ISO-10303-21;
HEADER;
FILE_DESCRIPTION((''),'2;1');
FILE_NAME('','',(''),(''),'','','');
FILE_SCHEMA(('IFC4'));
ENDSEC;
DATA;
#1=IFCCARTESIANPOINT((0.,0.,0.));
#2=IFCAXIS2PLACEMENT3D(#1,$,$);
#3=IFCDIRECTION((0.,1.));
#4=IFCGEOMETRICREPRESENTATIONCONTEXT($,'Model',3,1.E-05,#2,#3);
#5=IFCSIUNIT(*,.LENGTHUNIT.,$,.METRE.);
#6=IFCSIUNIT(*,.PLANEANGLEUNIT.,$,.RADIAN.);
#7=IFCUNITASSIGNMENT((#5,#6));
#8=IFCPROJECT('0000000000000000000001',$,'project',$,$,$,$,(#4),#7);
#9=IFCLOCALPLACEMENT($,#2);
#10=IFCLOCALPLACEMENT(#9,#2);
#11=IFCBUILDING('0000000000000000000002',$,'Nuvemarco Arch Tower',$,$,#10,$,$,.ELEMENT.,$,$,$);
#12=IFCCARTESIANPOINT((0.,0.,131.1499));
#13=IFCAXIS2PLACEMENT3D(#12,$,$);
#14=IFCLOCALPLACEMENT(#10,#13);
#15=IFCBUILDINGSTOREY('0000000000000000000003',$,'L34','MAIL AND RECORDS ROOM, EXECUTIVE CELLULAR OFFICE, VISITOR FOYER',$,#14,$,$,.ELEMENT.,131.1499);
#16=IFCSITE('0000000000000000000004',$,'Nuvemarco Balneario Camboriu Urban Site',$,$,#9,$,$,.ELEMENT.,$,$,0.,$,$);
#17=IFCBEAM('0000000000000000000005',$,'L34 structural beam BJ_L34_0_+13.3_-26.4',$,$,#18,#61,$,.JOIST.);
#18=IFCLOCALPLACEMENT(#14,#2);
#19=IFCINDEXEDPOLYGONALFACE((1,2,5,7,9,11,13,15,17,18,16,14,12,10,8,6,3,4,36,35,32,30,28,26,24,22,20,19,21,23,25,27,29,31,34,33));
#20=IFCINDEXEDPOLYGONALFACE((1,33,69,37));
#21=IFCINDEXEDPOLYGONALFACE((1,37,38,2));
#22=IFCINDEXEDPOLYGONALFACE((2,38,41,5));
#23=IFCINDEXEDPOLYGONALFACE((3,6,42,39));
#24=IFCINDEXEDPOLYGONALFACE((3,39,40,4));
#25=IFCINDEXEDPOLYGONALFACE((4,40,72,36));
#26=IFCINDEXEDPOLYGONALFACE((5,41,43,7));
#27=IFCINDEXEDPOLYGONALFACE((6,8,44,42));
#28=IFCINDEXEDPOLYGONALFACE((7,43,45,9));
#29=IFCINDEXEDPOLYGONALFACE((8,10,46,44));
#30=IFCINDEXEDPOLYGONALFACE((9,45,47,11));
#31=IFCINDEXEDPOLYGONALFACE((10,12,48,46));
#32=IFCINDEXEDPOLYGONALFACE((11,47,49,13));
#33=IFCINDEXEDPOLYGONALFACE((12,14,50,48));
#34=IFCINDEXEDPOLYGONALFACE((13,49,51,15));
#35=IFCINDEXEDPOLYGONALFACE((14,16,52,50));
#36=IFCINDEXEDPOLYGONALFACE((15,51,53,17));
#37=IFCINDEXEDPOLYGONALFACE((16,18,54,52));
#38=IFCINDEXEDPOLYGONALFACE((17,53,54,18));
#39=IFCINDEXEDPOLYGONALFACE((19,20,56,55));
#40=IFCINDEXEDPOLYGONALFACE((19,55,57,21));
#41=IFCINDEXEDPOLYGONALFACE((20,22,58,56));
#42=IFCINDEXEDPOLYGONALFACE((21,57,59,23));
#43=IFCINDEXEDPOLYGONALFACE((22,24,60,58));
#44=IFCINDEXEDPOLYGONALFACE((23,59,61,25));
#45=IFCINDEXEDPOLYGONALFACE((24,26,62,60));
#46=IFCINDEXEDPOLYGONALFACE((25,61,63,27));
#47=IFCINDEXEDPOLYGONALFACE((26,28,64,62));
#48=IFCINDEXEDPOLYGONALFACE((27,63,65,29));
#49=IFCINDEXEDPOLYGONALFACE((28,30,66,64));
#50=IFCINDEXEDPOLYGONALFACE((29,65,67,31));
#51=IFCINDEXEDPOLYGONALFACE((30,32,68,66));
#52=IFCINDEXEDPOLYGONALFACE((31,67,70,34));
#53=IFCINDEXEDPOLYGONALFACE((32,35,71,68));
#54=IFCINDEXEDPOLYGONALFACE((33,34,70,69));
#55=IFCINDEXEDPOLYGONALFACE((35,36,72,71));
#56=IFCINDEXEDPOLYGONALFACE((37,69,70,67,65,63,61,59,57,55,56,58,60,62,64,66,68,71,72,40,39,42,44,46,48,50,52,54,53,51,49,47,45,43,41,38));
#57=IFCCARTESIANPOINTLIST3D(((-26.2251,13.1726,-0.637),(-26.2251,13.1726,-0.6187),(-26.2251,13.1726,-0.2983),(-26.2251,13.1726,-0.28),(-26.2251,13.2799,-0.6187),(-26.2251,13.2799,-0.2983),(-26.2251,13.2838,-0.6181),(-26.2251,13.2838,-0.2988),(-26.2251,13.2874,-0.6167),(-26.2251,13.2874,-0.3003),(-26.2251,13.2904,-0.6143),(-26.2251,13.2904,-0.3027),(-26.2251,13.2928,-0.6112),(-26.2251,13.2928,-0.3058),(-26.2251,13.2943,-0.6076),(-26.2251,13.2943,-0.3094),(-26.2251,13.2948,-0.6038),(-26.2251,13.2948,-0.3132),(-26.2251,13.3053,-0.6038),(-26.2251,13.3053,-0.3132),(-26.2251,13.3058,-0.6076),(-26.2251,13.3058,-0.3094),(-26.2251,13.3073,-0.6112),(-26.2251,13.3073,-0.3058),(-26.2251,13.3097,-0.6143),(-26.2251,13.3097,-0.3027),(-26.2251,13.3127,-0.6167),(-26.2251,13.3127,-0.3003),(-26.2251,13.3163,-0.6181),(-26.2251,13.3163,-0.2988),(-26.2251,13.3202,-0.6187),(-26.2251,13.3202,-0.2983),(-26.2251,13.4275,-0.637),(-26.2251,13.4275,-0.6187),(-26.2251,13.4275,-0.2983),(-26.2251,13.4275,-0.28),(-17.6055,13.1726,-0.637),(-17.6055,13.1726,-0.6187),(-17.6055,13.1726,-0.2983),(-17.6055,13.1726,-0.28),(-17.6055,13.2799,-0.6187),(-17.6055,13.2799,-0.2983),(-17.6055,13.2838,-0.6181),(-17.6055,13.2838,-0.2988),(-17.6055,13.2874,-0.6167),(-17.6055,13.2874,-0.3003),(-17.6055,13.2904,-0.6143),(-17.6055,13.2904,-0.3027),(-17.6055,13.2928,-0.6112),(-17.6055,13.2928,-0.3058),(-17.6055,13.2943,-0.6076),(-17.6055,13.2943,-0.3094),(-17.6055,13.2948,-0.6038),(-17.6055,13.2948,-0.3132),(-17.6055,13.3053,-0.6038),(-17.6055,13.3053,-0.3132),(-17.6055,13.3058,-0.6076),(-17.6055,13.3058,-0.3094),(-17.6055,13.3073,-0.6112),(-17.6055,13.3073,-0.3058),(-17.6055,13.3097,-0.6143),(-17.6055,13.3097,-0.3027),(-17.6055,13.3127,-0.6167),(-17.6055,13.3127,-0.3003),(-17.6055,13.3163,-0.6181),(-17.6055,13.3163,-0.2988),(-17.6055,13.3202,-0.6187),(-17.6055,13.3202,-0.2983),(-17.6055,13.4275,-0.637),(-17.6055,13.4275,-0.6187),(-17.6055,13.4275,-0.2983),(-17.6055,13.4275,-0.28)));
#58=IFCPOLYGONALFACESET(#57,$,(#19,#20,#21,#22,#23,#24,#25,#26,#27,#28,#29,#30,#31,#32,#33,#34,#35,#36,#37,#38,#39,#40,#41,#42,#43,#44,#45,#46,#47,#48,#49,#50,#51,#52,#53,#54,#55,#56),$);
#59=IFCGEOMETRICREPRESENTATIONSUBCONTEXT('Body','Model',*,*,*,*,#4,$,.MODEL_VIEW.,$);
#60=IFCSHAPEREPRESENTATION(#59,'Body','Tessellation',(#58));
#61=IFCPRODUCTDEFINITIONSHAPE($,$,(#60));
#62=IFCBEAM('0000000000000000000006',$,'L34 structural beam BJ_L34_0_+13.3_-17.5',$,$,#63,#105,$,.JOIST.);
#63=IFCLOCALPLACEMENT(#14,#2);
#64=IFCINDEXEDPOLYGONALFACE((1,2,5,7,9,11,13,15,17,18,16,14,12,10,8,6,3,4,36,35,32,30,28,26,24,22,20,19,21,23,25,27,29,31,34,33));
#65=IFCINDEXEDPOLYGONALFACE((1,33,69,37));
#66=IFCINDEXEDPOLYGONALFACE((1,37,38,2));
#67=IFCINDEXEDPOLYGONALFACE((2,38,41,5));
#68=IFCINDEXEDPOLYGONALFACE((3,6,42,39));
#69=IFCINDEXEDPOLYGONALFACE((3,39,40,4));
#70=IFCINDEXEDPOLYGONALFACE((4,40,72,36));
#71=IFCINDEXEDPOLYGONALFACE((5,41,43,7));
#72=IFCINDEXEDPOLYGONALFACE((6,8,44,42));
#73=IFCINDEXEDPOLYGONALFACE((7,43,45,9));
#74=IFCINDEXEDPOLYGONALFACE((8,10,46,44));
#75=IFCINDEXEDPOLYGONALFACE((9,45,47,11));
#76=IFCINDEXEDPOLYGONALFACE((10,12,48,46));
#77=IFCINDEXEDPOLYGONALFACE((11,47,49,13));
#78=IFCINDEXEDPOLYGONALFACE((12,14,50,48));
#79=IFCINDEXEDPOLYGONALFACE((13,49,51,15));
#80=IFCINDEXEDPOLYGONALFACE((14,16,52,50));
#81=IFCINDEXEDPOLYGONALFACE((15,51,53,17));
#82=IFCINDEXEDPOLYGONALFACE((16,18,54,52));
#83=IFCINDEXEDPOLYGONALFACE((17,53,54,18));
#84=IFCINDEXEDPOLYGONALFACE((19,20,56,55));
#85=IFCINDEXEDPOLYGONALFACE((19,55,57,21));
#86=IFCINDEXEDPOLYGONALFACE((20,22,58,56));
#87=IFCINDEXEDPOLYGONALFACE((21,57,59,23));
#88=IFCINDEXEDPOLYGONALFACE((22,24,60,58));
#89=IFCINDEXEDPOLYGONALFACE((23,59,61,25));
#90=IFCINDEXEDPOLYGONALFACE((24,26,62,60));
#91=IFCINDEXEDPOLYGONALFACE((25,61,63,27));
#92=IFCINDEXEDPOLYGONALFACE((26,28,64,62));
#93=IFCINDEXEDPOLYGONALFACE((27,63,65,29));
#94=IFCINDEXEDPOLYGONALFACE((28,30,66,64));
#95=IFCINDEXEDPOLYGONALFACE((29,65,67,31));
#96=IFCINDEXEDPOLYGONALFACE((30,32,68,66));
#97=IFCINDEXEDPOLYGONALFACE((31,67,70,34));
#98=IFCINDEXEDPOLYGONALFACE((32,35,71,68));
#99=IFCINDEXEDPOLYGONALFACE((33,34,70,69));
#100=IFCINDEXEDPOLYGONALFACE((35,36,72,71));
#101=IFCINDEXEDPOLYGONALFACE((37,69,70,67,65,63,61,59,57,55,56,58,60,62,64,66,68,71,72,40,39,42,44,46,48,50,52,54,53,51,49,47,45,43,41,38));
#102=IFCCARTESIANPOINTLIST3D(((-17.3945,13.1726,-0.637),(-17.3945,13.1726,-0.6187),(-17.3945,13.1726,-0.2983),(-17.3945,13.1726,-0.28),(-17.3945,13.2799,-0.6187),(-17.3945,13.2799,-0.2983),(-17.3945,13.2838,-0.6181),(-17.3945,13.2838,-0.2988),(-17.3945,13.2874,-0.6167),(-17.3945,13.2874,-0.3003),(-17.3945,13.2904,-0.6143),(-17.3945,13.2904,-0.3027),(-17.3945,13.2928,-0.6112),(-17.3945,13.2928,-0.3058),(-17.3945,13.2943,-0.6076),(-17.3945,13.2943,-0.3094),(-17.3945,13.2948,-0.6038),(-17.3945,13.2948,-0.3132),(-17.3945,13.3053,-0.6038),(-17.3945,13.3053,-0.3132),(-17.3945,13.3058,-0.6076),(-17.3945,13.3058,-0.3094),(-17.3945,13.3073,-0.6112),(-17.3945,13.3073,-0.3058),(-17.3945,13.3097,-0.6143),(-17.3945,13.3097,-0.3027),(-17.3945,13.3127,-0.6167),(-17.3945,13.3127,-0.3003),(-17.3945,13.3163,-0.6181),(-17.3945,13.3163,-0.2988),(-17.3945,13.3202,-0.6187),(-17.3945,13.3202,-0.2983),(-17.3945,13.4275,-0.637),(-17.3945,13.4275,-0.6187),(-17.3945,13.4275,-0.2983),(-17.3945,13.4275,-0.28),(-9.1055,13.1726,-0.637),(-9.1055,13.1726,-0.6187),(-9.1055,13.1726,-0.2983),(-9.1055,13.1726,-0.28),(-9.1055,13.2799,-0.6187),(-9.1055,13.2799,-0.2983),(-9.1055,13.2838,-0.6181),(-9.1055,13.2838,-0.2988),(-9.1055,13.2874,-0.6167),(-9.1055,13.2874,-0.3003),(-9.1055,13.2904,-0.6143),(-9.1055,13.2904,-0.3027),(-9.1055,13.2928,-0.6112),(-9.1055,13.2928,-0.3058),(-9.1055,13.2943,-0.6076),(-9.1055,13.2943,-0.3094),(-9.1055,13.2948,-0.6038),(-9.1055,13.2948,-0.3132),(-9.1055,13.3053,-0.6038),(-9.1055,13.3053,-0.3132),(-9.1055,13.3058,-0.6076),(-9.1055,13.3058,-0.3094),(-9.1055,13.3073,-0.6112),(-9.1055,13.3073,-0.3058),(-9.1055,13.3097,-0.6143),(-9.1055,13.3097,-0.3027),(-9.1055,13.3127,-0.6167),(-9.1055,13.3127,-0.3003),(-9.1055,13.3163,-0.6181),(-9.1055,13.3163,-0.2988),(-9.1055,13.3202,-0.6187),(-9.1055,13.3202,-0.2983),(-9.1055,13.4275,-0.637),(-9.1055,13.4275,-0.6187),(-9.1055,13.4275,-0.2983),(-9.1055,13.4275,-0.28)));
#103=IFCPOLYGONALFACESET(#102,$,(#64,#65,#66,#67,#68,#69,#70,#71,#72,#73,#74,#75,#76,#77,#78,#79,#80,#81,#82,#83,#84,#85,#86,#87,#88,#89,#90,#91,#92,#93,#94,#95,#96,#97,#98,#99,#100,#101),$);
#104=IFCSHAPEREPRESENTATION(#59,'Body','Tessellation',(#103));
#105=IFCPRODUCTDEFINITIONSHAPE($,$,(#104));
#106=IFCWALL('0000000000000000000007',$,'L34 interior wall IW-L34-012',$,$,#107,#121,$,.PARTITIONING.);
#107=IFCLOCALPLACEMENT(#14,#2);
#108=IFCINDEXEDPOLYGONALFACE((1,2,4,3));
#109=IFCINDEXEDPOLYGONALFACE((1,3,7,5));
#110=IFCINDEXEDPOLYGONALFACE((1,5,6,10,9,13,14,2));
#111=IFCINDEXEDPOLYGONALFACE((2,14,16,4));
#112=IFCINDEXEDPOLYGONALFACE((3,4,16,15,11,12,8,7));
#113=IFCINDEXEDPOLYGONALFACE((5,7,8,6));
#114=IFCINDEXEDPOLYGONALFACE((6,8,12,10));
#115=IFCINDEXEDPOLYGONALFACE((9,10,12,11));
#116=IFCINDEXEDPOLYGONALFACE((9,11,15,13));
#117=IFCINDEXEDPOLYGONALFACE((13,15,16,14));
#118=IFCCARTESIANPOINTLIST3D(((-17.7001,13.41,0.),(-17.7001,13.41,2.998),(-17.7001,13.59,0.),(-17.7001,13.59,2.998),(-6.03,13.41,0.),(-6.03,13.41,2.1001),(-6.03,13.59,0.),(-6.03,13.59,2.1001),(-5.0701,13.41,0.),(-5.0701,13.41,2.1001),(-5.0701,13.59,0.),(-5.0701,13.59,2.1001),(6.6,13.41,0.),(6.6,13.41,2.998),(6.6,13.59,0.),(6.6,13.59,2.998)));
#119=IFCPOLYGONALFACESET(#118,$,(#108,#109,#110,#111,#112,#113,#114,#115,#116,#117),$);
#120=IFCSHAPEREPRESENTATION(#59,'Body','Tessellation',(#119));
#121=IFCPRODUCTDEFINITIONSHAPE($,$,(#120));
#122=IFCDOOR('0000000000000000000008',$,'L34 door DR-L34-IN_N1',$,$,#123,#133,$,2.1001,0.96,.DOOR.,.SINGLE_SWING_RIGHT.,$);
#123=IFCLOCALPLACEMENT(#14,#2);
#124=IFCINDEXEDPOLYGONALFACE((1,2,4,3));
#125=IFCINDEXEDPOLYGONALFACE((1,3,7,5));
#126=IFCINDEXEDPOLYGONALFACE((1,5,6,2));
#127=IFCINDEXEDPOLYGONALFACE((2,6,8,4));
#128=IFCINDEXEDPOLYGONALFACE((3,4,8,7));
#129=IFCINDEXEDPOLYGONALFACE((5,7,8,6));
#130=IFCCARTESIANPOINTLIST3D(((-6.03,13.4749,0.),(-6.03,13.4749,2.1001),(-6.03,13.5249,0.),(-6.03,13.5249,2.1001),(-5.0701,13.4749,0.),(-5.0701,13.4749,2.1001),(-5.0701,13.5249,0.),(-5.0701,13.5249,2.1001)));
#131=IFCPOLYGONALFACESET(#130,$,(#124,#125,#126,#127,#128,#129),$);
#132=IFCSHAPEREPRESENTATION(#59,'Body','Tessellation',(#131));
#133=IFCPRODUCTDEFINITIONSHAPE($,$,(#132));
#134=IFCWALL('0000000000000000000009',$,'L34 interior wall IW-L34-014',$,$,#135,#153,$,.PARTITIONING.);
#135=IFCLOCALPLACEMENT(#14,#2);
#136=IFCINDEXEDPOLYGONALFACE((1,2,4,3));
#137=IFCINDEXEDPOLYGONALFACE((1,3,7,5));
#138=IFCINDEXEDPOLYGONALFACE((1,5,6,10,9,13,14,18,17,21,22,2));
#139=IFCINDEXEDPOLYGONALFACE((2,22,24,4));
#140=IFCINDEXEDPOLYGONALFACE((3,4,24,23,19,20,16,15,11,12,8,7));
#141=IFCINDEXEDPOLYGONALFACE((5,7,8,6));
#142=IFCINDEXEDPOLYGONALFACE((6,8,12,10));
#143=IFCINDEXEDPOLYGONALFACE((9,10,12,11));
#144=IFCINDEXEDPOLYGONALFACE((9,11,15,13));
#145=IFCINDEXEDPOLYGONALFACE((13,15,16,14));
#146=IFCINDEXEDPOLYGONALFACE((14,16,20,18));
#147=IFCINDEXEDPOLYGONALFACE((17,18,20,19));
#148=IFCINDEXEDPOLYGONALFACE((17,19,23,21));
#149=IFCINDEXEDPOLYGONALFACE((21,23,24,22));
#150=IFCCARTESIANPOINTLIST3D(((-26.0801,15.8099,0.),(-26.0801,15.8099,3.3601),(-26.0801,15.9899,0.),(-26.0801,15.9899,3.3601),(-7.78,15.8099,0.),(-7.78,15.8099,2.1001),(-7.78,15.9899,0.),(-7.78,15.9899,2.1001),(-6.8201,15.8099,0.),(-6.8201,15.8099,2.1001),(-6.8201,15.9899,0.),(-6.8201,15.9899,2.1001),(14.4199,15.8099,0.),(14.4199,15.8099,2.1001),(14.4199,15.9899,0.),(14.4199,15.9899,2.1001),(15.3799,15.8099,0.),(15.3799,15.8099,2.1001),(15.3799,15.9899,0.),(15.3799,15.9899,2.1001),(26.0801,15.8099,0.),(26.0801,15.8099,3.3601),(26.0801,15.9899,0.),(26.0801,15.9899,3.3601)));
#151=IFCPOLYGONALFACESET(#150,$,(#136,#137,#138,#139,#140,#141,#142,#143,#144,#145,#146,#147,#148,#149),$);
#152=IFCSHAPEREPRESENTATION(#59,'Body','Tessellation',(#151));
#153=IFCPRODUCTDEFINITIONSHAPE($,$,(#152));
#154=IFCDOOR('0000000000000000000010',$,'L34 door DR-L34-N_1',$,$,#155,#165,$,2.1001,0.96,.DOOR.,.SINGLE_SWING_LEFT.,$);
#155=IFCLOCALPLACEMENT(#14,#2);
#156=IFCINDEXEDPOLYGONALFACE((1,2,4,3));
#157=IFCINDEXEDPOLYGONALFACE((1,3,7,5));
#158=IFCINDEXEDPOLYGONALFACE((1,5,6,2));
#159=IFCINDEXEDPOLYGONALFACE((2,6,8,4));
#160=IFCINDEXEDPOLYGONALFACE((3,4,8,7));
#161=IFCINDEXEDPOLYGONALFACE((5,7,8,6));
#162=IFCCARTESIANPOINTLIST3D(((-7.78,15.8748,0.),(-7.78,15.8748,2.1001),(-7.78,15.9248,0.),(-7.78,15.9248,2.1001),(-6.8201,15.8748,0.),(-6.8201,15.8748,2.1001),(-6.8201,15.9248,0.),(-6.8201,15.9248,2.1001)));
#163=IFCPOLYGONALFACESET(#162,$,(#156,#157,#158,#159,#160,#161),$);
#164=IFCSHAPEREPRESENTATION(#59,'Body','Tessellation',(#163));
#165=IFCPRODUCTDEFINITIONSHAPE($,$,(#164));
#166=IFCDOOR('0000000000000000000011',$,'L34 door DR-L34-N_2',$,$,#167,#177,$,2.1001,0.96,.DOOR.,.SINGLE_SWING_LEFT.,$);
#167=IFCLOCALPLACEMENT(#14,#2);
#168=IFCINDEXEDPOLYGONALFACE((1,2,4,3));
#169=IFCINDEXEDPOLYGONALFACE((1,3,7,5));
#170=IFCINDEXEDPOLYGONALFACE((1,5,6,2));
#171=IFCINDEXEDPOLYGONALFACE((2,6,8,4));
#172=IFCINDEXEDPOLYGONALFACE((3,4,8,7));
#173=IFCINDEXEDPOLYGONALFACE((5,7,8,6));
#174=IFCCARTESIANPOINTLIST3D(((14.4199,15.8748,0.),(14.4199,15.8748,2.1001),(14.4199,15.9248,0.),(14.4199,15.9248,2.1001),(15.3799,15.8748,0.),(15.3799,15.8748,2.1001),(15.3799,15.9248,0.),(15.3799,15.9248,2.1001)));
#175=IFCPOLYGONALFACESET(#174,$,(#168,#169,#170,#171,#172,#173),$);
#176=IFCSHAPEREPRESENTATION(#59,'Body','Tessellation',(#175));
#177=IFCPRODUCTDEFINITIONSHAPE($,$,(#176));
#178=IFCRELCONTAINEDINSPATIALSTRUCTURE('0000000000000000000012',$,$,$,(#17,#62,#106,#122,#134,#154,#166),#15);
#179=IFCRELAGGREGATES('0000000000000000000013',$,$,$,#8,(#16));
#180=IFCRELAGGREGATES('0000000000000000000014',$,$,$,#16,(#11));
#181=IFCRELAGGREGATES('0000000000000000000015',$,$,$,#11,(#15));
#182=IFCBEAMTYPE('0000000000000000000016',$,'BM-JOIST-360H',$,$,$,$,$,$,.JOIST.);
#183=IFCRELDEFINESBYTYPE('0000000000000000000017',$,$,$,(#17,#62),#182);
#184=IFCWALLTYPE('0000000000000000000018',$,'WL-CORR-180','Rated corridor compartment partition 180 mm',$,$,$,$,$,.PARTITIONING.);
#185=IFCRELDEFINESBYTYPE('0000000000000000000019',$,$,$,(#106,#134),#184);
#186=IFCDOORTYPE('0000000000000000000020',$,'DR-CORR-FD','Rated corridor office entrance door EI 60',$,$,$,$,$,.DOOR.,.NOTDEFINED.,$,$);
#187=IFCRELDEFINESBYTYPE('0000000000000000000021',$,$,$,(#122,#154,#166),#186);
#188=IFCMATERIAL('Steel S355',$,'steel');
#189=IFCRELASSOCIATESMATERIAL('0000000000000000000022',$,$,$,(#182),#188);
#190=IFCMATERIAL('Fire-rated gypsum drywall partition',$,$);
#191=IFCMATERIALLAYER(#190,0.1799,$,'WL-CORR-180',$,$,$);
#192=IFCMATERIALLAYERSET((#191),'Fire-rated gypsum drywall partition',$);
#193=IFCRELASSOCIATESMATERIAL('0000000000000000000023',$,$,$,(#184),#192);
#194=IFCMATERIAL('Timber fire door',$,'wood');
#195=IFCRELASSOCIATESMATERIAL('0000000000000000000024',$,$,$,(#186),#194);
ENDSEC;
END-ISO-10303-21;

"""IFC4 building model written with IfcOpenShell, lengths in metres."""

from ifc_helpers import new_model, si_unit, direction, frame, frame_2d, origin, origin_2d, place, context, subcontext, project, spatial, rectangle, i_section, extrude, source, transform, mapped, material, layer, layer_set, material_profile, profile_set, type_object, type_shapes, element, fill, save


model = new_model("IFC4")

# Units and contexts
model_context = context("Model", 3, precision=1e-05, world=origin(), true_north=direction((0.0, 1.0)))
body_context = subcontext(model_context, "Body", "Model", "MODEL_VIEW")
ifc_project = project(units=[si_unit("LENGTHUNIT", "METRE"), si_unit("PLANEANGLEUNIT", "RADIAN")], contexts=[model_context])

# Site, building, storey
site_placement = place(None, origin())
site = spatial("IfcSite", under=ifc_project, at=site_placement, Name="Nuvemarco Balneario Camboriu Urban Site", CompositionType="ELEMENT", RefElevation=0.0)
building_placement = place(site_placement, origin())
building = spatial("IfcBuilding", under=site, at=building_placement, Name="Nuvemarco Arch Tower", CompositionType="ELEMENT")
storey_placement = place(building_placement, frame((0.0, 0.0, 131.1499)))
storey = spatial("IfcBuildingStorey", under=building, at=storey_placement, Name="L34", Description="MAIL AND RECORDS ROOM, EXECUTIVE CELLULAR OFFICE, VISITOR FOYER", CompositionType="ELEMENT", Elevation=131.1499)

# Shared definitions
ifc_material_1 = material(Name="Steel S355", Category="steel")

# Beams
ifc_material_profile_1 = material_profile(ifc_material_1, i_section(OverallWidth=0.2549, OverallDepth=0.3569, WebThickness=0.0105, FlangeThickness=0.0183, FilletRadius=0.0149, at=origin_2d()), Name="W360x101")
ifc_profile_set_1 = profile_set([ifc_material_profile_1], Name="Steel S355")
beam_type_1 = type_object("IfcBeamType", Name="BM-JOIST-360H", PredefinedType="JOIST", material=ifc_profile_set_1)
beam_1_placement = place(storey_placement, frame((-26.2251, 13.3, -0.4585), z_axis=(1.0, 0.0, 0.0), x_axis=(0.0, 1.0, 0.0)))
element("IfcBeam", 1, at=beam_1_placement, inside=storey, type_object=beam_type_1, Name="L34 structural beam BJ_L34_0_+13.3_-26.4", PredefinedType="JOIST", context=body_context, shape_type="SweptSolid", body=[
    extrude(i_section(OverallWidth=0.2549, OverallDepth=0.3569, WebThickness=0.0105, FlangeThickness=0.0183, FilletRadius=0.0149, at=origin_2d()), origin(), (0.0, 0.0, 1.0), 8.6196),
])
beam_2_placement = place(storey_placement, frame((-17.3945, 13.3, -0.4585), z_axis=(1.0, 0.0, 0.0), x_axis=(0.0, 1.0, 0.0)))
element("IfcBeam", 2, at=beam_2_placement, inside=storey, type_object=beam_type_1, Name="L34 structural beam BJ_L34_0_+13.3_-17.5", PredefinedType="JOIST", context=body_context, shape_type="SweptSolid", body=[
    extrude(i_section(OverallWidth=0.2549, OverallDepth=0.3569, WebThickness=0.0105, FlangeThickness=0.0183, FilletRadius=0.0149, at=origin_2d()), origin(), (0.0, 0.0, 1.0), 8.2891),
])

# Wall, opening, door
ifc_material_2 = material(Name="Fire-rated gypsum drywall partition")
ifc_layer = layer(ifc_material_2, 0.1799, Name="WL-CORR-180")
ifc_layer_set = layer_set([ifc_layer], Name="Fire-rated gypsum drywall partition")
wall_type = type_object("IfcWallType", Name="WL-CORR-180", Description="Rated corridor compartment partition 180 mm", PredefinedType="PARTITIONING", material=ifc_layer_set)
wall_1_placement = place(storey_placement, frame((-17.7, 13.5, 0.0), z_axis=(0.0, 0.0, 1.0), x_axis=(1.0, 0.0, 0.0)))
wall_1 = element("IfcWall", 3, at=wall_1_placement, inside=storey, type_object=wall_type, Name="L34 interior wall IW-L34-012", PredefinedType="PARTITIONING", context=body_context, shape_type="SweptSolid", body=[
    extrude(rectangle(XDim=24.3, YDim=0.1799, at=frame_2d((12.1499, 0.0))), origin(), (0.0, 0.0, 1.0), 2.998),
])
opening_1_placement = place(wall_1_placement, frame((11.6699, 0.0, 0.0)))
opening_1 = element("IfcOpeningElement", 4, at=opening_1_placement, cuts=wall_1, PredefinedType="OPENING", context=body_context, shape_type="SweptSolid", body=[
    extrude(rectangle(XDim=0.96, YDim=2.1001, at=frame_2d((0.48, 1.05))), frame((0.0, 0.0999, 0.0), z_axis=(0.0, -1.0, 0.0), x_axis=(1.0, 0.0, 0.0)), (0.0, 0.0, 1.0), 0.2),
])
ifc_material_3 = material(Name="Timber fire door", Category="wood")
door_type = type_object("IfcDoorType", Name="DR-CORR-FD", Description="Rated corridor office entrance door EI 60", OperationType="NOTDEFINED", PredefinedType="DOOR", material=ifc_material_3)
shared_shape_1 = source(origin(), body_context, "Body", "SweptSolid", [
    extrude(rectangle(XDim=0.96, YDim=2.1001, at=frame_2d((0.48, 1.05))), frame((0.0, 0.0249, 0.0), z_axis=(0.0, -1.0, 0.0), x_axis=(1.0, 0.0, 0.0)), (0.0, 0.0, 1.0), 0.05),
])
type_shapes(door_type, [shared_shape_1])
door_1_placement = place(opening_1_placement, origin())
door_1 = element("IfcDoor", 5, at=door_1_placement, inside=storey, type_object=door_type, Name="L34 door DR-L34-IN_N1", OperationType="SINGLE_SWING_RIGHT", OverallHeight=2.1001, OverallWidth=0.96, PredefinedType="DOOR", context=body_context, shape_type="MappedRepresentation", body=[
    mapped(shared_shape_1, transform((0.0, 0.0, 0.0), scale=1.0)),
])
fill(opening_1, door_1)

# Wall, openings, doors
wall_2_placement = place(storey_placement, frame((-26.0801, 15.8999, 0.0), z_axis=(0.0, 0.0, 1.0), x_axis=(1.0, 0.0, 0.0)))
wall_2 = element("IfcWall", 6, at=wall_2_placement, inside=storey, type_object=wall_type, Name="L34 interior wall IW-L34-014", PredefinedType="PARTITIONING", context=body_context, shape_type="SweptSolid", body=[
    extrude(rectangle(XDim=52.1602, YDim=0.1799, at=frame_2d((26.0801, 0.0))), origin(), (0.0, 0.0, 1.0), 3.3601),
])
opening_2_placement = place(wall_2_placement, frame((18.3, 0.0, 0.0)))
opening_2 = element("IfcOpeningElement", 7, at=opening_2_placement, cuts=wall_2, PredefinedType="OPENING", context=body_context, shape_type="SweptSolid", body=[
    extrude(rectangle(XDim=0.96, YDim=2.1001, at=frame_2d((0.48, 1.05))), frame((0.0, 0.0999, 0.0), z_axis=(0.0, -1.0, 0.0), x_axis=(1.0, 0.0, 0.0)), (0.0, 0.0, 1.0), 0.2),
])
opening_3_placement = place(wall_2_placement, frame((40.5, 0.0, 0.0)))
opening_3 = element("IfcOpeningElement", 8, at=opening_3_placement, cuts=wall_2, PredefinedType="OPENING", context=body_context, shape_type="SweptSolid", body=[
    extrude(rectangle(XDim=0.96, YDim=2.1001, at=frame_2d((0.48, 1.05))), frame((0.0, 0.0999, 0.0), z_axis=(0.0, -1.0, 0.0), x_axis=(1.0, 0.0, 0.0)), (0.0, 0.0, 1.0), 0.2),
])
door_2_placement = place(opening_2_placement, origin())
door_2 = element("IfcDoor", 9, at=door_2_placement, inside=storey, type_object=door_type, Name="L34 door DR-L34-N_1", OperationType="SINGLE_SWING_LEFT", OverallHeight=2.1001, OverallWidth=0.96, PredefinedType="DOOR", context=body_context, shape_type="MappedRepresentation", body=[
    mapped(shared_shape_1, transform((0.0, 0.0, 0.0), scale=1.0)),
])
fill(opening_2, door_2)
door_3_placement = place(opening_3_placement, origin())
door_3 = element("IfcDoor", 10, at=door_3_placement, inside=storey, type_object=door_type, Name="L34 door DR-L34-N_2", OperationType="SINGLE_SWING_LEFT", OverallHeight=2.1001, OverallWidth=0.96, PredefinedType="DOOR", context=body_context, shape_type="MappedRepresentation", body=[
    mapped(shared_shape_1, transform((0.0, 0.0, 0.0), scale=1.0)),
])
fill(opening_3, door_3)

save(model, "model.ifc")
